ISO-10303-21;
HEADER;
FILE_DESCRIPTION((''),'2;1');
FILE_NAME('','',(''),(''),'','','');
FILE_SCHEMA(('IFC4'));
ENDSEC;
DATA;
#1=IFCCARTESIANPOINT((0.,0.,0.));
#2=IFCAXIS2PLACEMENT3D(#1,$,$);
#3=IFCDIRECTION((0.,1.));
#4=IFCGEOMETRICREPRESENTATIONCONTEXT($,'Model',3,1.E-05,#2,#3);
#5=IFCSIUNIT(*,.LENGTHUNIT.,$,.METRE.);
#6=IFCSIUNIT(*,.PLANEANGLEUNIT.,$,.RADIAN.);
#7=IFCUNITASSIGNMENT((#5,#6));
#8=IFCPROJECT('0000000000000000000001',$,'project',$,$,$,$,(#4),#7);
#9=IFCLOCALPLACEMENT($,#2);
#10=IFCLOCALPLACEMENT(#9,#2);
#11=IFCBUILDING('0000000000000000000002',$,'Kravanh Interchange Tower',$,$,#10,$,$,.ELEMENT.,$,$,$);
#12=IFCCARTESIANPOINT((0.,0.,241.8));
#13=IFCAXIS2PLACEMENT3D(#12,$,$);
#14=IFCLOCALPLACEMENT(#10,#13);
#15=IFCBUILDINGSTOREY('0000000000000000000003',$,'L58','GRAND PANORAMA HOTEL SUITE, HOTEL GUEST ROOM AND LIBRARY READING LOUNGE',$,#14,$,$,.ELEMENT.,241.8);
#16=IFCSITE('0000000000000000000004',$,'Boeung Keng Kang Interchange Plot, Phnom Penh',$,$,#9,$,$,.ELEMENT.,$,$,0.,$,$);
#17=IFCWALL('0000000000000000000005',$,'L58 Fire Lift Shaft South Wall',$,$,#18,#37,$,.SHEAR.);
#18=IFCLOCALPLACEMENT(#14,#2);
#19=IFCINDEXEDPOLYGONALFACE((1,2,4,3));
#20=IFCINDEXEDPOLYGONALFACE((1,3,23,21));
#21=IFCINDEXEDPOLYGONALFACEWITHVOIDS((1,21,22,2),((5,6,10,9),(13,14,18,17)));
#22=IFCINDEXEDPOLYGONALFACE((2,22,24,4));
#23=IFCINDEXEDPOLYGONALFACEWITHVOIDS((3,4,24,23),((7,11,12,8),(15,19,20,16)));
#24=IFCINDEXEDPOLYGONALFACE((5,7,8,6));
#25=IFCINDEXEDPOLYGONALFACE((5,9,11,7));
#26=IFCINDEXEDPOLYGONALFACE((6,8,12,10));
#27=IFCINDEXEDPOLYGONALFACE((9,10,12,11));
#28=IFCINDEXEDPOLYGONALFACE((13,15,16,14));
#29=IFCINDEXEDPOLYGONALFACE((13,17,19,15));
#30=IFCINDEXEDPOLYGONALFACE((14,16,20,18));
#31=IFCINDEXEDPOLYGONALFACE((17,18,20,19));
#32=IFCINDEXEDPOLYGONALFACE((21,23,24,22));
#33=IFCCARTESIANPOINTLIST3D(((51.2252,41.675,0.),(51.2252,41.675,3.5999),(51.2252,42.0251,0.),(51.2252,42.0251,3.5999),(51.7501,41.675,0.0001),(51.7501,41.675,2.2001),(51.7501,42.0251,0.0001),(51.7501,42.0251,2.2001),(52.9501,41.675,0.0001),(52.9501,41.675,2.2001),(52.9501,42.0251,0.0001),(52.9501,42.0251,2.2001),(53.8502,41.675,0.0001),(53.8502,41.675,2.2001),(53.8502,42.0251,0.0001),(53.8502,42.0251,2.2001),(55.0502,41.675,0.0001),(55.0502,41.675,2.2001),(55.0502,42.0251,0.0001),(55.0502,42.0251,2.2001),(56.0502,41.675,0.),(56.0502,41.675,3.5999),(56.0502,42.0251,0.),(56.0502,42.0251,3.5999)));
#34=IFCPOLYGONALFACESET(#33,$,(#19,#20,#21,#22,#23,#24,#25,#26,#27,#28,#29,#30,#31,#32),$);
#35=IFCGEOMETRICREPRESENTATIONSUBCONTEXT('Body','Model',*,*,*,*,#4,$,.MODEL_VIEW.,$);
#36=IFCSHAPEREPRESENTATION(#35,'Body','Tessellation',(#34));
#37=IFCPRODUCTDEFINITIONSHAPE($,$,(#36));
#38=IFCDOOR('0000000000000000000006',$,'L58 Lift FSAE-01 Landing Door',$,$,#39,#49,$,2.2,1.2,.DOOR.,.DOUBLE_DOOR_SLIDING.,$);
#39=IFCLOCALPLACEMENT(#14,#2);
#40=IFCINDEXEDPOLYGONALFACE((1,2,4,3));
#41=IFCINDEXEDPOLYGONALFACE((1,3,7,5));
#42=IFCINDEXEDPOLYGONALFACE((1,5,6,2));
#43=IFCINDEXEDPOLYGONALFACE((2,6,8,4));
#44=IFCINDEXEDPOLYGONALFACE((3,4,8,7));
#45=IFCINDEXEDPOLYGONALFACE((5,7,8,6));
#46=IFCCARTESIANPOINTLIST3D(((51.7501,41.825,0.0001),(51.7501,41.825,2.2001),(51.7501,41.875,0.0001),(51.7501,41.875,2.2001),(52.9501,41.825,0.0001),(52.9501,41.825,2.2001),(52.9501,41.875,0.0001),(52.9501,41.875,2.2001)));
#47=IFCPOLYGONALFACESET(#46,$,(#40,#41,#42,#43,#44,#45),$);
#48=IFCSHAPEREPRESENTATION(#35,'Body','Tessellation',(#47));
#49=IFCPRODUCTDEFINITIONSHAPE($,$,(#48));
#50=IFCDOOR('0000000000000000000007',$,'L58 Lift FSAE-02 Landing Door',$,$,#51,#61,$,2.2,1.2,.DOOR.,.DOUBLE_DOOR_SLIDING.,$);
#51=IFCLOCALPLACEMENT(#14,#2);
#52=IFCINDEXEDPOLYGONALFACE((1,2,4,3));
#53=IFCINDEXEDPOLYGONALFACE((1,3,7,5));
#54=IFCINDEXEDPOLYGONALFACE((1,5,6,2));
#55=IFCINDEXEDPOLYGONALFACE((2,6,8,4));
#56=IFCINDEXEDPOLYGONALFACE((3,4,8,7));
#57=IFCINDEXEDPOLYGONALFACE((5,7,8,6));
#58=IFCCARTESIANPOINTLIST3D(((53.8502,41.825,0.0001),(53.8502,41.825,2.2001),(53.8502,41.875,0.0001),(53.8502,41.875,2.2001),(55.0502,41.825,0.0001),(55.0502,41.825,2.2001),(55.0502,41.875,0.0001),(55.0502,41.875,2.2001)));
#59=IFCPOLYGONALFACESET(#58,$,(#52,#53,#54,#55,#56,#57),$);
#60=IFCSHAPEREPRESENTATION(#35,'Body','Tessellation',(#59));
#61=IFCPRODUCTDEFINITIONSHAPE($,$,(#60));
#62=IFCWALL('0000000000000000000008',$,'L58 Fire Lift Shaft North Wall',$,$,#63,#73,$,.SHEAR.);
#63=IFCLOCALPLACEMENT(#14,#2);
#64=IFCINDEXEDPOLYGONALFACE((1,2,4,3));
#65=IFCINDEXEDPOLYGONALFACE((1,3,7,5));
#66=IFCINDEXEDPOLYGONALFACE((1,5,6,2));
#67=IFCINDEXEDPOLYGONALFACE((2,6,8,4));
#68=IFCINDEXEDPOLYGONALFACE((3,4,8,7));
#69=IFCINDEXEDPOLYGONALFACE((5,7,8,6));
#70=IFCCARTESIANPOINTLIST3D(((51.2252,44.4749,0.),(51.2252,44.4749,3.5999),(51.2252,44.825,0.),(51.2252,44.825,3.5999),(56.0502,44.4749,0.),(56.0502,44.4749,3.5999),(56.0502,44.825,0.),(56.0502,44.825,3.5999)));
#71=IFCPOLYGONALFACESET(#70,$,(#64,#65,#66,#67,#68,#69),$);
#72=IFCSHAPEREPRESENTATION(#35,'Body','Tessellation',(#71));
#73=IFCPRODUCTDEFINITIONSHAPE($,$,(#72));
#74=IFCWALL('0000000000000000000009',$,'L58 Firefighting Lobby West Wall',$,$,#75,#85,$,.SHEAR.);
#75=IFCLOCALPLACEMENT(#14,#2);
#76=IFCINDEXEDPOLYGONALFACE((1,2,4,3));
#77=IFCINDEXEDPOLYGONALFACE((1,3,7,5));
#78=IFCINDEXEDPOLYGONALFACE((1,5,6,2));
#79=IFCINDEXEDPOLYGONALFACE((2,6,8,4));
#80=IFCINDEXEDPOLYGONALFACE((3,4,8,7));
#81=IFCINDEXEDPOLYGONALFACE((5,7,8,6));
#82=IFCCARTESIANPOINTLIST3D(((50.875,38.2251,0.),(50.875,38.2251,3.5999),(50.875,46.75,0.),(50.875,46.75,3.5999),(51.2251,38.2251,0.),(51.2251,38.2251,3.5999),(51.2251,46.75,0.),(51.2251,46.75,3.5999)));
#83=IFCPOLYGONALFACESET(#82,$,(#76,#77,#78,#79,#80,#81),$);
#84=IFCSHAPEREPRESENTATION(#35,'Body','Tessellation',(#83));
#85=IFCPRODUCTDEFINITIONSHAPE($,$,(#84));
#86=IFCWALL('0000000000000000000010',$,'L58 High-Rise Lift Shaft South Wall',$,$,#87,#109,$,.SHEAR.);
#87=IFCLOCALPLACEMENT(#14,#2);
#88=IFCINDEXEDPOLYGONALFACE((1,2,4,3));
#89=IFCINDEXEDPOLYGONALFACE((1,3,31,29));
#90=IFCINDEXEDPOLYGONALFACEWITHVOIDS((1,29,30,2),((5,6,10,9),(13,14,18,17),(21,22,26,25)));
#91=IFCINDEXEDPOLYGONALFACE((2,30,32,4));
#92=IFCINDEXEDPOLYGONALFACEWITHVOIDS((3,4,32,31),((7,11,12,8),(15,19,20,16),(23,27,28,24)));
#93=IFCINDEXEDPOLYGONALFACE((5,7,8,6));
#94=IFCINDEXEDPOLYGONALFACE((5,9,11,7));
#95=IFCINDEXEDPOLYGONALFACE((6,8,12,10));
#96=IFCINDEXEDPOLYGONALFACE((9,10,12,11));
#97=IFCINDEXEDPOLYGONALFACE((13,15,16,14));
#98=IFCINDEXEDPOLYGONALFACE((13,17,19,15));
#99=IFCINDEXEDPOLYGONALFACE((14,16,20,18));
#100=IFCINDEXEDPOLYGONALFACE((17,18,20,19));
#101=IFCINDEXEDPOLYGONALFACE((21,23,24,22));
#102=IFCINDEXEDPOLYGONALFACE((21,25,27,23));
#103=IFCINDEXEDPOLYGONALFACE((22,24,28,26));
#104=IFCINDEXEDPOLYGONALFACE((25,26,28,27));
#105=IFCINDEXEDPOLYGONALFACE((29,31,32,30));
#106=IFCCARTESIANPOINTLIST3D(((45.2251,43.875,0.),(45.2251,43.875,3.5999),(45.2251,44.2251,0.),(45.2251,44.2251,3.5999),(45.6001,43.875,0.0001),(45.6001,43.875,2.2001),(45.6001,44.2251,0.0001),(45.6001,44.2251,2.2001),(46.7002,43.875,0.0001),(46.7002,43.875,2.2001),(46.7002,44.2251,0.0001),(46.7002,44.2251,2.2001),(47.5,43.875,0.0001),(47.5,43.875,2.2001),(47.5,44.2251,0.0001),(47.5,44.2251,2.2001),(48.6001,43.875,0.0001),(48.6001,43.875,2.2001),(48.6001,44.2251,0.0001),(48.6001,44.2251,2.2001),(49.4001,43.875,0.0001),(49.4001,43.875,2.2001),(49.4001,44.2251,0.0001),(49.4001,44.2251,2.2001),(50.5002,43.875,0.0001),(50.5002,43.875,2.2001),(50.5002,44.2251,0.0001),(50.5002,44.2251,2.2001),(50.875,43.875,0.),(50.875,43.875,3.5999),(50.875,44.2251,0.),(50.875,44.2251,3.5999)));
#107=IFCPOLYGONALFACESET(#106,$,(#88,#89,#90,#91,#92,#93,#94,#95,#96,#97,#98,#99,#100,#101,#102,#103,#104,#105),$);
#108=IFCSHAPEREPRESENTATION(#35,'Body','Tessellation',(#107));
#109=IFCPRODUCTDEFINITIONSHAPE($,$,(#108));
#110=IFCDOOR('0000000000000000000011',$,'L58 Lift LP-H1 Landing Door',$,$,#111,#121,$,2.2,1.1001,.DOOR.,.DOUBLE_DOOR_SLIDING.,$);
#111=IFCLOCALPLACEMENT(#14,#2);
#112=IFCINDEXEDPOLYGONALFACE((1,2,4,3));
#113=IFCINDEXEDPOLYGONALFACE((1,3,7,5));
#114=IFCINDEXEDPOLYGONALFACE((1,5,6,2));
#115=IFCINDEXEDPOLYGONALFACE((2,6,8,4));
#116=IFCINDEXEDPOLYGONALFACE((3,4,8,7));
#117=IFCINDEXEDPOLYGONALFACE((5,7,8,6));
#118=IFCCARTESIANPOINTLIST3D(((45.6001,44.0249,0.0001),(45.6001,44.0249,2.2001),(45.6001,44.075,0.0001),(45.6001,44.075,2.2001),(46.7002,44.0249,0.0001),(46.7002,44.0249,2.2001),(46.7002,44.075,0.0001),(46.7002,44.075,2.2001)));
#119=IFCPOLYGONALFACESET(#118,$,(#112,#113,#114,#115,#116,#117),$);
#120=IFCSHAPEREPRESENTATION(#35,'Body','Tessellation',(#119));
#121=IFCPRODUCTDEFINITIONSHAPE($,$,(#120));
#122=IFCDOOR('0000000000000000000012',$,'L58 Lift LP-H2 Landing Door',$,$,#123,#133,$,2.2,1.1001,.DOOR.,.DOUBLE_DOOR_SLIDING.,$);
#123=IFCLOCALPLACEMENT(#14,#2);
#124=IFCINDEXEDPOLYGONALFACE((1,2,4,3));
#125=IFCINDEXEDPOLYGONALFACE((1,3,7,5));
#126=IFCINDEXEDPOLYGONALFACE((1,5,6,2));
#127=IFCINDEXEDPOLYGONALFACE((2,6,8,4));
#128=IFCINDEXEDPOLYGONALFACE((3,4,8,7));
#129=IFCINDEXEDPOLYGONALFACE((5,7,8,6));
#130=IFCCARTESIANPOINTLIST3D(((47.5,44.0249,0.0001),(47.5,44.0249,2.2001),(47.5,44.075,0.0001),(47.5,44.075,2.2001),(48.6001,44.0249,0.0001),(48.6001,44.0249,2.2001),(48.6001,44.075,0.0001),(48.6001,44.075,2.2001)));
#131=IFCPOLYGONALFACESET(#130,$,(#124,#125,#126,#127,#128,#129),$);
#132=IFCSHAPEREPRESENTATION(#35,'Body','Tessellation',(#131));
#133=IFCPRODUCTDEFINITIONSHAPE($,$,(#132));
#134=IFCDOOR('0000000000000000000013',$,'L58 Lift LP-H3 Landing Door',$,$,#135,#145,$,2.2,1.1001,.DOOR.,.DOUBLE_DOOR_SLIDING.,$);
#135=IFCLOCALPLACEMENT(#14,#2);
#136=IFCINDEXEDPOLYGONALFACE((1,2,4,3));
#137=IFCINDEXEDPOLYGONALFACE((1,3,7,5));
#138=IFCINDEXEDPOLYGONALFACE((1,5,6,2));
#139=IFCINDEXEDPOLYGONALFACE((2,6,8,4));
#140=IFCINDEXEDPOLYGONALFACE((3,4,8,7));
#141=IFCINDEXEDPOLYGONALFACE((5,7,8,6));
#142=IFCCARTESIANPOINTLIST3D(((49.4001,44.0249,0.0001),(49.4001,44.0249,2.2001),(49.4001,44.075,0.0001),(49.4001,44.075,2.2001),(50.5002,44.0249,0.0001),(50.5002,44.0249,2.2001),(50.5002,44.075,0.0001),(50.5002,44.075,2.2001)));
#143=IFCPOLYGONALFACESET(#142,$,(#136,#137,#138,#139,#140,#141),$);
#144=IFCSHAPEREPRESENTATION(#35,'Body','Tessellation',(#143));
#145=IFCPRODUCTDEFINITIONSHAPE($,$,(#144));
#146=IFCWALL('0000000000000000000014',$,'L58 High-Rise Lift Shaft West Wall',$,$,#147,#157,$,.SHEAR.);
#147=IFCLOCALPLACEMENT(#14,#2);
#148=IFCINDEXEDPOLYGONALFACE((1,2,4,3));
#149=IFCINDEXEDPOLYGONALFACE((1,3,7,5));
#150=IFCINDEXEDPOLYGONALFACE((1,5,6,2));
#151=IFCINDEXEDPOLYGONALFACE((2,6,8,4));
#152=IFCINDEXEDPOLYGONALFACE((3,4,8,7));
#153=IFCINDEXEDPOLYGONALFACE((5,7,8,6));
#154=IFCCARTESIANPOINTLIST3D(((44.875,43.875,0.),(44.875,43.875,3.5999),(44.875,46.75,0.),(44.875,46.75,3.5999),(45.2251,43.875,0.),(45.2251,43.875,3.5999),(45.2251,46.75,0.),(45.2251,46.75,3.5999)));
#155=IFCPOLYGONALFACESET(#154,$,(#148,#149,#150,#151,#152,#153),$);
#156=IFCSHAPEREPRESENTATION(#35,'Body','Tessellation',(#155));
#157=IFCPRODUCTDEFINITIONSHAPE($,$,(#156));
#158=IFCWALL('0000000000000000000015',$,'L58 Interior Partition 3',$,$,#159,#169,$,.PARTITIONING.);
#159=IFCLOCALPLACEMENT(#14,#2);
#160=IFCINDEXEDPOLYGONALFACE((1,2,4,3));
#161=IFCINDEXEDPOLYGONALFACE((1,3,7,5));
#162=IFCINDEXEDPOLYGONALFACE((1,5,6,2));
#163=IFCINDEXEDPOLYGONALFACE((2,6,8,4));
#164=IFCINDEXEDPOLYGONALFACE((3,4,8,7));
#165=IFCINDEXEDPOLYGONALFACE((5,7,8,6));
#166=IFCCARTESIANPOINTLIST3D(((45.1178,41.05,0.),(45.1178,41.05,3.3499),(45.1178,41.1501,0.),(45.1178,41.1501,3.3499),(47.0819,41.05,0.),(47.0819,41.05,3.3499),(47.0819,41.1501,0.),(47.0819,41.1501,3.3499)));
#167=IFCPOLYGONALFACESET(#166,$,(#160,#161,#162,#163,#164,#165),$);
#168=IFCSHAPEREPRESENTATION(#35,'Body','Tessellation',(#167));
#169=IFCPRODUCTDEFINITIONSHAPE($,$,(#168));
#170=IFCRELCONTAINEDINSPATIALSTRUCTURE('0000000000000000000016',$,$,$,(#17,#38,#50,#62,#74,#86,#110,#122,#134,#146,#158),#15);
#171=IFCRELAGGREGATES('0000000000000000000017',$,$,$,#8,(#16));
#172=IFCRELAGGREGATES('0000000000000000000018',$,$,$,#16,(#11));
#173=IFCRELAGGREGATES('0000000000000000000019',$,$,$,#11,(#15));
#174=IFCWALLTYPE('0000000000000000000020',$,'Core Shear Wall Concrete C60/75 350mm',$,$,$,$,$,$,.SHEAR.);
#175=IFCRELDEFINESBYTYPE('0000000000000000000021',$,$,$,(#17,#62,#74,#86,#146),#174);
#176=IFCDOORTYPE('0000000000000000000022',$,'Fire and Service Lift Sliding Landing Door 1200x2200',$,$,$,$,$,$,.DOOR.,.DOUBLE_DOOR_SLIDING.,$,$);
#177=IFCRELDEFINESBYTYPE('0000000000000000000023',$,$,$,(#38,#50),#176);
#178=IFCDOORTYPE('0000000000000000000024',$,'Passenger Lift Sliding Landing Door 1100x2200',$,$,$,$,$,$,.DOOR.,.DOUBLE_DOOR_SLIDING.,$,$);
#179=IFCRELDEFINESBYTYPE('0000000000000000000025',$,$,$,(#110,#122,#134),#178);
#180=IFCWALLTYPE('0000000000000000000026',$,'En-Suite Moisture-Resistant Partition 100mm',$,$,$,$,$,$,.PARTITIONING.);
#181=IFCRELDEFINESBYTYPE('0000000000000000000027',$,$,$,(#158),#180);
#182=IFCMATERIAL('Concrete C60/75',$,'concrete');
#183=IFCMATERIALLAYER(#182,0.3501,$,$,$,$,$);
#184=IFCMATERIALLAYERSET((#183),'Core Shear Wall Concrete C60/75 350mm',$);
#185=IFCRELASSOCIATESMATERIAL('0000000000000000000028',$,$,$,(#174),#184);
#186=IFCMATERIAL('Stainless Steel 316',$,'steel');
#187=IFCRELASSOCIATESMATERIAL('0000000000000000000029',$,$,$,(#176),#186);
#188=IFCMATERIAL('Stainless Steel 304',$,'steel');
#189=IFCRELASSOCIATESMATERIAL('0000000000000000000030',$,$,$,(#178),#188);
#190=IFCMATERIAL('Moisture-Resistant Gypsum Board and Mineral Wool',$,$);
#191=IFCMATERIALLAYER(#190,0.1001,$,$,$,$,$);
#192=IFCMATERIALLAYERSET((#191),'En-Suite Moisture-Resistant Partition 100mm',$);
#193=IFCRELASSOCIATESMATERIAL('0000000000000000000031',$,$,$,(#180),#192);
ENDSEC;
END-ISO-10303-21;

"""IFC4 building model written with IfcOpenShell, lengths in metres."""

from ifc_helpers import new_model, si_unit, direction, frame, frame_2d, origin, place, context, subcontext, project, spatial, rectangle, extrude, material, layer, layer_set, type_object, element, fill, save


model = new_model("IFC4")

# Units and contexts
model_context = context("Model", 3, precision=1e-05, world=origin(), true_north=direction((0.0, 1.0)))
body_context = subcontext(model_context, "Body", "Model", "MODEL_VIEW")
ifc_project = project(units=[si_unit("LENGTHUNIT", "METRE"), si_unit("PLANEANGLEUNIT", "RADIAN")], contexts=[model_context])

# Site, building, storey
site_placement = place(None, origin())
site = spatial("IfcSite", under=ifc_project, at=site_placement, Name="Boeung Keng Kang Interchange Plot, Phnom Penh", CompositionType="ELEMENT", RefElevation=0.0)
building_placement = place(site_placement, origin())
building = spatial("IfcBuilding", under=site, at=building_placement, Name="Kravanh Interchange Tower", CompositionType="ELEMENT")
storey_placement = place(building_placement, frame((0.0, 0.0, 241.8)))
storey = spatial("IfcBuildingStorey", under=building, at=storey_placement, Name="L58", Description="GRAND PANORAMA HOTEL SUITE, HOTEL GUEST ROOM AND LIBRARY READING LOUNGE", CompositionType="ELEMENT", Elevation=241.8)

# Shared definitions
ifc_material_1 = material(Name="Concrete C60/75", Category="concrete")
ifc_layer_1 = layer(ifc_material_1, 0.3501)
ifc_layer_set_1 = layer_set([ifc_layer_1], Name="Core Shear Wall Concrete C60/75 350mm")
wall_type_1 = type_object("IfcWallType", Name="Core Shear Wall Concrete C60/75 350mm", PredefinedType="SHEAR", material=ifc_layer_set_1)

# Wall, openings, doors
wall_1_placement = place(storey_placement, frame((51.2251, 41.8501, 0.0), z_axis=(0.0, 0.0, 1.0), x_axis=(1.0, 0.0, 0.0)))
wall_1 = element("IfcWall", 1, at=wall_1_placement, inside=storey, type_object=wall_type_1, Name="L58 Fire Lift Shaft South Wall", PredefinedType="SHEAR", context=body_context, shape_type="SweptSolid", body=[
    extrude(rectangle(XDim=4.825, YDim=0.3501, at=frame_2d((2.4126, 0.0))), origin(), (0.0, 0.0, 1.0), 3.5999),
])
opening_1_placement = place(wall_1_placement, frame((0.5249, 0.0, 0.0)))
opening_1 = element("IfcOpeningElement", 2, at=opening_1_placement, cuts=wall_1, PredefinedType="OPENING", context=body_context, shape_type="SweptSolid", body=[
    extrude(rectangle(XDim=1.2, YDim=2.2, at=frame_2d((0.6001, 1.1001))), frame((0.0, 0.1851, 0.0), z_axis=(0.0, -1.0, 0.0), x_axis=(1.0, 0.0, 0.0)), (0.0, 0.0, 1.0), 0.3701),
])
opening_2_placement = place(wall_1_placement, frame((2.625, 0.0, 0.0)))
opening_2 = element("IfcOpeningElement", 3, at=opening_2_placement, cuts=wall_1, PredefinedType="OPENING", context=body_context, shape_type="SweptSolid", body=[
    extrude(rectangle(XDim=1.2, YDim=2.2, at=frame_2d((0.6001, 1.1001))), frame((0.0, 0.1851, 0.0), z_axis=(0.0, -1.0, 0.0), x_axis=(1.0, 0.0, 0.0)), (0.0, 0.0, 1.0), 0.3701),
])
ifc_material_2 = material(Name="Stainless Steel 316", Category="steel")
door_type_1 = type_object("IfcDoorType", Name="Fire and Service Lift Sliding Landing Door 1200x2200", OperationType="DOUBLE_DOOR_SLIDING", PredefinedType="DOOR", material=ifc_material_2)
door_1_placement = place(opening_1_placement, origin())
door_1 = element("IfcDoor", 4, at=door_1_placement, inside=storey, type_object=door_type_1, Name="L58 Lift FSAE-01 Landing Door", OperationType="DOUBLE_DOOR_SLIDING", OverallHeight=2.2, OverallWidth=1.2, PredefinedType="DOOR", context=body_context, shape_type="SweptSolid", body=[
    extrude(rectangle(XDim=1.2, YDim=2.2, at=frame_2d((0.6001, 1.1001))), frame((0.0, 0.0249, 0.0), z_axis=(0.0, -1.0, 0.0), x_axis=(1.0, 0.0, 0.0)), (0.0, 0.0, 1.0), 0.05),
])
fill(opening_1, door_1)
door_2_placement = place(opening_2_placement, origin())
door_2 = element("IfcDoor", 5, at=door_2_placement, inside=storey, type_object=door_type_1, Name="L58 Lift FSAE-02 Landing Door", OperationType="DOUBLE_DOOR_SLIDING", OverallHeight=2.2, OverallWidth=1.2, PredefinedType="DOOR", context=body_context, shape_type="SweptSolid", body=[
    extrude(rectangle(XDim=1.2, YDim=2.2, at=frame_2d((0.6001, 1.1001))), frame((0.0, 0.0249, 0.0), z_axis=(0.0, -1.0, 0.0), x_axis=(1.0, 0.0, 0.0)), (0.0, 0.0, 1.0), 0.05),
])
fill(opening_2, door_2)

# Walls
wall_2_placement = place(storey_placement, frame((51.2251, 44.6499, 0.0), z_axis=(0.0, 0.0, 1.0), x_axis=(1.0, 0.0, 0.0)))
element("IfcWall", 6, at=wall_2_placement, inside=storey, type_object=wall_type_1, Name="L58 Fire Lift Shaft North Wall", PredefinedType="SHEAR", context=body_context, shape_type="SweptSolid", body=[
    extrude(rectangle(XDim=4.825, YDim=0.3501, at=frame_2d((2.4126, 0.0))), origin(), (0.0, 0.0, 1.0), 3.5999),
])
wall_3_placement = place(storey_placement, frame((51.05, 38.2251, 0.0), z_axis=(0.0, 0.0, 1.0), x_axis=(0.0, 1.0, 0.0)))
element("IfcWall", 7, at=wall_3_placement, inside=storey, type_object=wall_type_1, Name="L58 Firefighting Lobby West Wall", PredefinedType="SHEAR", context=body_context, shape_type="SweptSolid", body=[
    extrude(rectangle(XDim=8.5249, YDim=0.3501, at=frame_2d((4.2625, 0.0))), origin(), (0.0, 0.0, 1.0), 3.5999),
])

# Wall, openings, doors
wall_4_placement = place(storey_placement, frame((45.2251, 44.05, 0.0), z_axis=(0.0, 0.0, 1.0), x_axis=(1.0, 0.0, 0.0)))
wall_4 = element("IfcWall", 8, at=wall_4_placement, inside=storey, type_object=wall_type_1, Name="L58 High-Rise Lift Shaft South Wall", PredefinedType="SHEAR", context=body_context, shape_type="SweptSolid", body=[
    extrude(rectangle(XDim=5.6499, YDim=0.3501, at=frame_2d((2.825, 0.0))), origin(), (0.0, 0.0, 1.0), 3.5999),
])
opening_3_placement = place(wall_4_placement, frame((0.375, 0.0, 0.0)))
opening_3 = element("IfcOpeningElement", 9, at=opening_3_placement, cuts=wall_4, PredefinedType="OPENING", context=body_context, shape_type="SweptSolid", body=[
    extrude(rectangle(XDim=1.1001, YDim=2.2, at=frame_2d((0.55, 1.1001))), frame((0.0, 0.1851, 0.0), z_axis=(0.0, -1.0, 0.0), x_axis=(1.0, 0.0, 0.0)), (0.0, 0.0, 1.0), 0.3701),
])
opening_4_placement = place(wall_4_placement, frame((2.2749, 0.0, 0.0)))
opening_4 = element("IfcOpeningElement", 10, at=opening_4_placement, cuts=wall_4, PredefinedType="OPENING", context=body_context, shape_type="SweptSolid", body=[
    extrude(rectangle(XDim=1.1001, YDim=2.2, at=frame_2d((0.55, 1.1001))), frame((0.0, 0.1851, 0.0), z_axis=(0.0, -1.0, 0.0), x_axis=(1.0, 0.0, 0.0)), (0.0, 0.0, 1.0), 0.3701),
])
opening_5_placement = place(wall_4_placement, frame((4.175, 0.0, 0.0)))
opening_5 = element("IfcOpeningElement", 11, at=opening_5_placement, cuts=wall_4, PredefinedType="OPENING", context=body_context, shape_type="SweptSolid", body=[
    extrude(rectangle(XDim=1.1001, YDim=2.2, at=frame_2d((0.55, 1.1001))), frame((0.0, 0.1851, 0.0), z_axis=(0.0, -1.0, 0.0), x_axis=(1.0, 0.0, 0.0)), (0.0, 0.0, 1.0), 0.3701),
])
ifc_material_3 = material(Name="Stainless Steel 304", Category="steel")
door_type_2 = type_object("IfcDoorType", Name="Passenger Lift Sliding Landing Door 1100x2200", OperationType="DOUBLE_DOOR_SLIDING", PredefinedType="DOOR", material=ifc_material_3)
door_3_placement = place(opening_3_placement, origin())
door_3 = element("IfcDoor", 12, at=door_3_placement, inside=storey, type_object=door_type_2, Name="L58 Lift LP-H1 Landing Door", OperationType="DOUBLE_DOOR_SLIDING", OverallHeight=2.2, OverallWidth=1.1001, PredefinedType="DOOR", context=body_context, shape_type="SweptSolid", body=[
    extrude(rectangle(XDim=1.1001, YDim=2.2, at=frame_2d((0.55, 1.1001))), frame((0.0, 0.0249, 0.0), z_axis=(0.0, -1.0, 0.0), x_axis=(1.0, 0.0, 0.0)), (0.0, 0.0, 1.0), 0.05),
])
fill(opening_3, door_3)
door_4_placement = place(opening_4_placement, origin())
door_4 = element("IfcDoor", 13, at=door_4_placement, inside=storey, type_object=door_type_2, Name="L58 Lift LP-H2 Landing Door", OperationType="DOUBLE_DOOR_SLIDING", OverallHeight=2.2, OverallWidth=1.1001, PredefinedType="DOOR", context=body_context, shape_type="SweptSolid", body=[
    extrude(rectangle(XDim=1.1001, YDim=2.2, at=frame_2d((0.55, 1.1001))), frame((0.0, 0.0249, 0.0), z_axis=(0.0, -1.0, 0.0), x_axis=(1.0, 0.0, 0.0)), (0.0, 0.0, 1.0), 0.05),
])
fill(opening_4, door_4)
door_5_placement = place(opening_5_placement, origin())
door_5 = element("IfcDoor", 14, at=door_5_placement, inside=storey, type_object=door_type_2, Name="L58 Lift LP-H3 Landing Door", OperationType="DOUBLE_DOOR_SLIDING", OverallHeight=2.2, OverallWidth=1.1001, PredefinedType="DOOR", context=body_context, shape_type="SweptSolid", body=[
    extrude(rectangle(XDim=1.1001, YDim=2.2, at=frame_2d((0.55, 1.1001))), frame((0.0, 0.0249, 0.0), z_axis=(0.0, -1.0, 0.0), x_axis=(1.0, 0.0, 0.0)), (0.0, 0.0, 1.0), 0.05),
])
fill(opening_5, door_5)

# Walls
wall_5_placement = place(storey_placement, frame((45.05, 43.875, 0.0), z_axis=(0.0, 0.0, 1.0), x_axis=(0.0, 1.0, 0.0)))
element("IfcWall", 15, at=wall_5_placement, inside=storey, type_object=wall_type_1, Name="L58 High-Rise Lift Shaft West Wall", PredefinedType="SHEAR", context=body_context, shape_type="SweptSolid", body=[
    extrude(rectangle(XDim=2.875, YDim=0.3501, at=frame_2d((1.4375, 0.0))), origin(), (0.0, 0.0, 1.0), 3.5999),
])
ifc_material_4 = material(Name="Moisture-Resistant Gypsum Board and Mineral Wool")
ifc_layer_2 = layer(ifc_material_4, 0.1001)
ifc_layer_set_2 = layer_set([ifc_layer_2], Name="En-Suite Moisture-Resistant Partition 100mm")
wall_type_2 = type_object("IfcWallType", Name="En-Suite Moisture-Resistant Partition 100mm", PredefinedType="PARTITIONING", material=ifc_layer_set_2)
wall_6_placement = place(storey_placement, frame((45.1179, 41.1001, 0.0), z_axis=(0.0, 0.0, 1.0), x_axis=(1.0, 0.0, 0.0)))
element("IfcWall", 16, at=wall_6_placement, inside=storey, type_object=wall_type_2, Name="L58 Interior Partition 3", PredefinedType="PARTITIONING", context=body_context, shape_type="SweptSolid", body=[
    extrude(rectangle(XDim=1.9641, YDim=0.1001, at=frame_2d((0.9819, 0.0))), origin(), (0.0, 0.0, 1.0), 3.3499),
])

save(model, "model.ifc")
